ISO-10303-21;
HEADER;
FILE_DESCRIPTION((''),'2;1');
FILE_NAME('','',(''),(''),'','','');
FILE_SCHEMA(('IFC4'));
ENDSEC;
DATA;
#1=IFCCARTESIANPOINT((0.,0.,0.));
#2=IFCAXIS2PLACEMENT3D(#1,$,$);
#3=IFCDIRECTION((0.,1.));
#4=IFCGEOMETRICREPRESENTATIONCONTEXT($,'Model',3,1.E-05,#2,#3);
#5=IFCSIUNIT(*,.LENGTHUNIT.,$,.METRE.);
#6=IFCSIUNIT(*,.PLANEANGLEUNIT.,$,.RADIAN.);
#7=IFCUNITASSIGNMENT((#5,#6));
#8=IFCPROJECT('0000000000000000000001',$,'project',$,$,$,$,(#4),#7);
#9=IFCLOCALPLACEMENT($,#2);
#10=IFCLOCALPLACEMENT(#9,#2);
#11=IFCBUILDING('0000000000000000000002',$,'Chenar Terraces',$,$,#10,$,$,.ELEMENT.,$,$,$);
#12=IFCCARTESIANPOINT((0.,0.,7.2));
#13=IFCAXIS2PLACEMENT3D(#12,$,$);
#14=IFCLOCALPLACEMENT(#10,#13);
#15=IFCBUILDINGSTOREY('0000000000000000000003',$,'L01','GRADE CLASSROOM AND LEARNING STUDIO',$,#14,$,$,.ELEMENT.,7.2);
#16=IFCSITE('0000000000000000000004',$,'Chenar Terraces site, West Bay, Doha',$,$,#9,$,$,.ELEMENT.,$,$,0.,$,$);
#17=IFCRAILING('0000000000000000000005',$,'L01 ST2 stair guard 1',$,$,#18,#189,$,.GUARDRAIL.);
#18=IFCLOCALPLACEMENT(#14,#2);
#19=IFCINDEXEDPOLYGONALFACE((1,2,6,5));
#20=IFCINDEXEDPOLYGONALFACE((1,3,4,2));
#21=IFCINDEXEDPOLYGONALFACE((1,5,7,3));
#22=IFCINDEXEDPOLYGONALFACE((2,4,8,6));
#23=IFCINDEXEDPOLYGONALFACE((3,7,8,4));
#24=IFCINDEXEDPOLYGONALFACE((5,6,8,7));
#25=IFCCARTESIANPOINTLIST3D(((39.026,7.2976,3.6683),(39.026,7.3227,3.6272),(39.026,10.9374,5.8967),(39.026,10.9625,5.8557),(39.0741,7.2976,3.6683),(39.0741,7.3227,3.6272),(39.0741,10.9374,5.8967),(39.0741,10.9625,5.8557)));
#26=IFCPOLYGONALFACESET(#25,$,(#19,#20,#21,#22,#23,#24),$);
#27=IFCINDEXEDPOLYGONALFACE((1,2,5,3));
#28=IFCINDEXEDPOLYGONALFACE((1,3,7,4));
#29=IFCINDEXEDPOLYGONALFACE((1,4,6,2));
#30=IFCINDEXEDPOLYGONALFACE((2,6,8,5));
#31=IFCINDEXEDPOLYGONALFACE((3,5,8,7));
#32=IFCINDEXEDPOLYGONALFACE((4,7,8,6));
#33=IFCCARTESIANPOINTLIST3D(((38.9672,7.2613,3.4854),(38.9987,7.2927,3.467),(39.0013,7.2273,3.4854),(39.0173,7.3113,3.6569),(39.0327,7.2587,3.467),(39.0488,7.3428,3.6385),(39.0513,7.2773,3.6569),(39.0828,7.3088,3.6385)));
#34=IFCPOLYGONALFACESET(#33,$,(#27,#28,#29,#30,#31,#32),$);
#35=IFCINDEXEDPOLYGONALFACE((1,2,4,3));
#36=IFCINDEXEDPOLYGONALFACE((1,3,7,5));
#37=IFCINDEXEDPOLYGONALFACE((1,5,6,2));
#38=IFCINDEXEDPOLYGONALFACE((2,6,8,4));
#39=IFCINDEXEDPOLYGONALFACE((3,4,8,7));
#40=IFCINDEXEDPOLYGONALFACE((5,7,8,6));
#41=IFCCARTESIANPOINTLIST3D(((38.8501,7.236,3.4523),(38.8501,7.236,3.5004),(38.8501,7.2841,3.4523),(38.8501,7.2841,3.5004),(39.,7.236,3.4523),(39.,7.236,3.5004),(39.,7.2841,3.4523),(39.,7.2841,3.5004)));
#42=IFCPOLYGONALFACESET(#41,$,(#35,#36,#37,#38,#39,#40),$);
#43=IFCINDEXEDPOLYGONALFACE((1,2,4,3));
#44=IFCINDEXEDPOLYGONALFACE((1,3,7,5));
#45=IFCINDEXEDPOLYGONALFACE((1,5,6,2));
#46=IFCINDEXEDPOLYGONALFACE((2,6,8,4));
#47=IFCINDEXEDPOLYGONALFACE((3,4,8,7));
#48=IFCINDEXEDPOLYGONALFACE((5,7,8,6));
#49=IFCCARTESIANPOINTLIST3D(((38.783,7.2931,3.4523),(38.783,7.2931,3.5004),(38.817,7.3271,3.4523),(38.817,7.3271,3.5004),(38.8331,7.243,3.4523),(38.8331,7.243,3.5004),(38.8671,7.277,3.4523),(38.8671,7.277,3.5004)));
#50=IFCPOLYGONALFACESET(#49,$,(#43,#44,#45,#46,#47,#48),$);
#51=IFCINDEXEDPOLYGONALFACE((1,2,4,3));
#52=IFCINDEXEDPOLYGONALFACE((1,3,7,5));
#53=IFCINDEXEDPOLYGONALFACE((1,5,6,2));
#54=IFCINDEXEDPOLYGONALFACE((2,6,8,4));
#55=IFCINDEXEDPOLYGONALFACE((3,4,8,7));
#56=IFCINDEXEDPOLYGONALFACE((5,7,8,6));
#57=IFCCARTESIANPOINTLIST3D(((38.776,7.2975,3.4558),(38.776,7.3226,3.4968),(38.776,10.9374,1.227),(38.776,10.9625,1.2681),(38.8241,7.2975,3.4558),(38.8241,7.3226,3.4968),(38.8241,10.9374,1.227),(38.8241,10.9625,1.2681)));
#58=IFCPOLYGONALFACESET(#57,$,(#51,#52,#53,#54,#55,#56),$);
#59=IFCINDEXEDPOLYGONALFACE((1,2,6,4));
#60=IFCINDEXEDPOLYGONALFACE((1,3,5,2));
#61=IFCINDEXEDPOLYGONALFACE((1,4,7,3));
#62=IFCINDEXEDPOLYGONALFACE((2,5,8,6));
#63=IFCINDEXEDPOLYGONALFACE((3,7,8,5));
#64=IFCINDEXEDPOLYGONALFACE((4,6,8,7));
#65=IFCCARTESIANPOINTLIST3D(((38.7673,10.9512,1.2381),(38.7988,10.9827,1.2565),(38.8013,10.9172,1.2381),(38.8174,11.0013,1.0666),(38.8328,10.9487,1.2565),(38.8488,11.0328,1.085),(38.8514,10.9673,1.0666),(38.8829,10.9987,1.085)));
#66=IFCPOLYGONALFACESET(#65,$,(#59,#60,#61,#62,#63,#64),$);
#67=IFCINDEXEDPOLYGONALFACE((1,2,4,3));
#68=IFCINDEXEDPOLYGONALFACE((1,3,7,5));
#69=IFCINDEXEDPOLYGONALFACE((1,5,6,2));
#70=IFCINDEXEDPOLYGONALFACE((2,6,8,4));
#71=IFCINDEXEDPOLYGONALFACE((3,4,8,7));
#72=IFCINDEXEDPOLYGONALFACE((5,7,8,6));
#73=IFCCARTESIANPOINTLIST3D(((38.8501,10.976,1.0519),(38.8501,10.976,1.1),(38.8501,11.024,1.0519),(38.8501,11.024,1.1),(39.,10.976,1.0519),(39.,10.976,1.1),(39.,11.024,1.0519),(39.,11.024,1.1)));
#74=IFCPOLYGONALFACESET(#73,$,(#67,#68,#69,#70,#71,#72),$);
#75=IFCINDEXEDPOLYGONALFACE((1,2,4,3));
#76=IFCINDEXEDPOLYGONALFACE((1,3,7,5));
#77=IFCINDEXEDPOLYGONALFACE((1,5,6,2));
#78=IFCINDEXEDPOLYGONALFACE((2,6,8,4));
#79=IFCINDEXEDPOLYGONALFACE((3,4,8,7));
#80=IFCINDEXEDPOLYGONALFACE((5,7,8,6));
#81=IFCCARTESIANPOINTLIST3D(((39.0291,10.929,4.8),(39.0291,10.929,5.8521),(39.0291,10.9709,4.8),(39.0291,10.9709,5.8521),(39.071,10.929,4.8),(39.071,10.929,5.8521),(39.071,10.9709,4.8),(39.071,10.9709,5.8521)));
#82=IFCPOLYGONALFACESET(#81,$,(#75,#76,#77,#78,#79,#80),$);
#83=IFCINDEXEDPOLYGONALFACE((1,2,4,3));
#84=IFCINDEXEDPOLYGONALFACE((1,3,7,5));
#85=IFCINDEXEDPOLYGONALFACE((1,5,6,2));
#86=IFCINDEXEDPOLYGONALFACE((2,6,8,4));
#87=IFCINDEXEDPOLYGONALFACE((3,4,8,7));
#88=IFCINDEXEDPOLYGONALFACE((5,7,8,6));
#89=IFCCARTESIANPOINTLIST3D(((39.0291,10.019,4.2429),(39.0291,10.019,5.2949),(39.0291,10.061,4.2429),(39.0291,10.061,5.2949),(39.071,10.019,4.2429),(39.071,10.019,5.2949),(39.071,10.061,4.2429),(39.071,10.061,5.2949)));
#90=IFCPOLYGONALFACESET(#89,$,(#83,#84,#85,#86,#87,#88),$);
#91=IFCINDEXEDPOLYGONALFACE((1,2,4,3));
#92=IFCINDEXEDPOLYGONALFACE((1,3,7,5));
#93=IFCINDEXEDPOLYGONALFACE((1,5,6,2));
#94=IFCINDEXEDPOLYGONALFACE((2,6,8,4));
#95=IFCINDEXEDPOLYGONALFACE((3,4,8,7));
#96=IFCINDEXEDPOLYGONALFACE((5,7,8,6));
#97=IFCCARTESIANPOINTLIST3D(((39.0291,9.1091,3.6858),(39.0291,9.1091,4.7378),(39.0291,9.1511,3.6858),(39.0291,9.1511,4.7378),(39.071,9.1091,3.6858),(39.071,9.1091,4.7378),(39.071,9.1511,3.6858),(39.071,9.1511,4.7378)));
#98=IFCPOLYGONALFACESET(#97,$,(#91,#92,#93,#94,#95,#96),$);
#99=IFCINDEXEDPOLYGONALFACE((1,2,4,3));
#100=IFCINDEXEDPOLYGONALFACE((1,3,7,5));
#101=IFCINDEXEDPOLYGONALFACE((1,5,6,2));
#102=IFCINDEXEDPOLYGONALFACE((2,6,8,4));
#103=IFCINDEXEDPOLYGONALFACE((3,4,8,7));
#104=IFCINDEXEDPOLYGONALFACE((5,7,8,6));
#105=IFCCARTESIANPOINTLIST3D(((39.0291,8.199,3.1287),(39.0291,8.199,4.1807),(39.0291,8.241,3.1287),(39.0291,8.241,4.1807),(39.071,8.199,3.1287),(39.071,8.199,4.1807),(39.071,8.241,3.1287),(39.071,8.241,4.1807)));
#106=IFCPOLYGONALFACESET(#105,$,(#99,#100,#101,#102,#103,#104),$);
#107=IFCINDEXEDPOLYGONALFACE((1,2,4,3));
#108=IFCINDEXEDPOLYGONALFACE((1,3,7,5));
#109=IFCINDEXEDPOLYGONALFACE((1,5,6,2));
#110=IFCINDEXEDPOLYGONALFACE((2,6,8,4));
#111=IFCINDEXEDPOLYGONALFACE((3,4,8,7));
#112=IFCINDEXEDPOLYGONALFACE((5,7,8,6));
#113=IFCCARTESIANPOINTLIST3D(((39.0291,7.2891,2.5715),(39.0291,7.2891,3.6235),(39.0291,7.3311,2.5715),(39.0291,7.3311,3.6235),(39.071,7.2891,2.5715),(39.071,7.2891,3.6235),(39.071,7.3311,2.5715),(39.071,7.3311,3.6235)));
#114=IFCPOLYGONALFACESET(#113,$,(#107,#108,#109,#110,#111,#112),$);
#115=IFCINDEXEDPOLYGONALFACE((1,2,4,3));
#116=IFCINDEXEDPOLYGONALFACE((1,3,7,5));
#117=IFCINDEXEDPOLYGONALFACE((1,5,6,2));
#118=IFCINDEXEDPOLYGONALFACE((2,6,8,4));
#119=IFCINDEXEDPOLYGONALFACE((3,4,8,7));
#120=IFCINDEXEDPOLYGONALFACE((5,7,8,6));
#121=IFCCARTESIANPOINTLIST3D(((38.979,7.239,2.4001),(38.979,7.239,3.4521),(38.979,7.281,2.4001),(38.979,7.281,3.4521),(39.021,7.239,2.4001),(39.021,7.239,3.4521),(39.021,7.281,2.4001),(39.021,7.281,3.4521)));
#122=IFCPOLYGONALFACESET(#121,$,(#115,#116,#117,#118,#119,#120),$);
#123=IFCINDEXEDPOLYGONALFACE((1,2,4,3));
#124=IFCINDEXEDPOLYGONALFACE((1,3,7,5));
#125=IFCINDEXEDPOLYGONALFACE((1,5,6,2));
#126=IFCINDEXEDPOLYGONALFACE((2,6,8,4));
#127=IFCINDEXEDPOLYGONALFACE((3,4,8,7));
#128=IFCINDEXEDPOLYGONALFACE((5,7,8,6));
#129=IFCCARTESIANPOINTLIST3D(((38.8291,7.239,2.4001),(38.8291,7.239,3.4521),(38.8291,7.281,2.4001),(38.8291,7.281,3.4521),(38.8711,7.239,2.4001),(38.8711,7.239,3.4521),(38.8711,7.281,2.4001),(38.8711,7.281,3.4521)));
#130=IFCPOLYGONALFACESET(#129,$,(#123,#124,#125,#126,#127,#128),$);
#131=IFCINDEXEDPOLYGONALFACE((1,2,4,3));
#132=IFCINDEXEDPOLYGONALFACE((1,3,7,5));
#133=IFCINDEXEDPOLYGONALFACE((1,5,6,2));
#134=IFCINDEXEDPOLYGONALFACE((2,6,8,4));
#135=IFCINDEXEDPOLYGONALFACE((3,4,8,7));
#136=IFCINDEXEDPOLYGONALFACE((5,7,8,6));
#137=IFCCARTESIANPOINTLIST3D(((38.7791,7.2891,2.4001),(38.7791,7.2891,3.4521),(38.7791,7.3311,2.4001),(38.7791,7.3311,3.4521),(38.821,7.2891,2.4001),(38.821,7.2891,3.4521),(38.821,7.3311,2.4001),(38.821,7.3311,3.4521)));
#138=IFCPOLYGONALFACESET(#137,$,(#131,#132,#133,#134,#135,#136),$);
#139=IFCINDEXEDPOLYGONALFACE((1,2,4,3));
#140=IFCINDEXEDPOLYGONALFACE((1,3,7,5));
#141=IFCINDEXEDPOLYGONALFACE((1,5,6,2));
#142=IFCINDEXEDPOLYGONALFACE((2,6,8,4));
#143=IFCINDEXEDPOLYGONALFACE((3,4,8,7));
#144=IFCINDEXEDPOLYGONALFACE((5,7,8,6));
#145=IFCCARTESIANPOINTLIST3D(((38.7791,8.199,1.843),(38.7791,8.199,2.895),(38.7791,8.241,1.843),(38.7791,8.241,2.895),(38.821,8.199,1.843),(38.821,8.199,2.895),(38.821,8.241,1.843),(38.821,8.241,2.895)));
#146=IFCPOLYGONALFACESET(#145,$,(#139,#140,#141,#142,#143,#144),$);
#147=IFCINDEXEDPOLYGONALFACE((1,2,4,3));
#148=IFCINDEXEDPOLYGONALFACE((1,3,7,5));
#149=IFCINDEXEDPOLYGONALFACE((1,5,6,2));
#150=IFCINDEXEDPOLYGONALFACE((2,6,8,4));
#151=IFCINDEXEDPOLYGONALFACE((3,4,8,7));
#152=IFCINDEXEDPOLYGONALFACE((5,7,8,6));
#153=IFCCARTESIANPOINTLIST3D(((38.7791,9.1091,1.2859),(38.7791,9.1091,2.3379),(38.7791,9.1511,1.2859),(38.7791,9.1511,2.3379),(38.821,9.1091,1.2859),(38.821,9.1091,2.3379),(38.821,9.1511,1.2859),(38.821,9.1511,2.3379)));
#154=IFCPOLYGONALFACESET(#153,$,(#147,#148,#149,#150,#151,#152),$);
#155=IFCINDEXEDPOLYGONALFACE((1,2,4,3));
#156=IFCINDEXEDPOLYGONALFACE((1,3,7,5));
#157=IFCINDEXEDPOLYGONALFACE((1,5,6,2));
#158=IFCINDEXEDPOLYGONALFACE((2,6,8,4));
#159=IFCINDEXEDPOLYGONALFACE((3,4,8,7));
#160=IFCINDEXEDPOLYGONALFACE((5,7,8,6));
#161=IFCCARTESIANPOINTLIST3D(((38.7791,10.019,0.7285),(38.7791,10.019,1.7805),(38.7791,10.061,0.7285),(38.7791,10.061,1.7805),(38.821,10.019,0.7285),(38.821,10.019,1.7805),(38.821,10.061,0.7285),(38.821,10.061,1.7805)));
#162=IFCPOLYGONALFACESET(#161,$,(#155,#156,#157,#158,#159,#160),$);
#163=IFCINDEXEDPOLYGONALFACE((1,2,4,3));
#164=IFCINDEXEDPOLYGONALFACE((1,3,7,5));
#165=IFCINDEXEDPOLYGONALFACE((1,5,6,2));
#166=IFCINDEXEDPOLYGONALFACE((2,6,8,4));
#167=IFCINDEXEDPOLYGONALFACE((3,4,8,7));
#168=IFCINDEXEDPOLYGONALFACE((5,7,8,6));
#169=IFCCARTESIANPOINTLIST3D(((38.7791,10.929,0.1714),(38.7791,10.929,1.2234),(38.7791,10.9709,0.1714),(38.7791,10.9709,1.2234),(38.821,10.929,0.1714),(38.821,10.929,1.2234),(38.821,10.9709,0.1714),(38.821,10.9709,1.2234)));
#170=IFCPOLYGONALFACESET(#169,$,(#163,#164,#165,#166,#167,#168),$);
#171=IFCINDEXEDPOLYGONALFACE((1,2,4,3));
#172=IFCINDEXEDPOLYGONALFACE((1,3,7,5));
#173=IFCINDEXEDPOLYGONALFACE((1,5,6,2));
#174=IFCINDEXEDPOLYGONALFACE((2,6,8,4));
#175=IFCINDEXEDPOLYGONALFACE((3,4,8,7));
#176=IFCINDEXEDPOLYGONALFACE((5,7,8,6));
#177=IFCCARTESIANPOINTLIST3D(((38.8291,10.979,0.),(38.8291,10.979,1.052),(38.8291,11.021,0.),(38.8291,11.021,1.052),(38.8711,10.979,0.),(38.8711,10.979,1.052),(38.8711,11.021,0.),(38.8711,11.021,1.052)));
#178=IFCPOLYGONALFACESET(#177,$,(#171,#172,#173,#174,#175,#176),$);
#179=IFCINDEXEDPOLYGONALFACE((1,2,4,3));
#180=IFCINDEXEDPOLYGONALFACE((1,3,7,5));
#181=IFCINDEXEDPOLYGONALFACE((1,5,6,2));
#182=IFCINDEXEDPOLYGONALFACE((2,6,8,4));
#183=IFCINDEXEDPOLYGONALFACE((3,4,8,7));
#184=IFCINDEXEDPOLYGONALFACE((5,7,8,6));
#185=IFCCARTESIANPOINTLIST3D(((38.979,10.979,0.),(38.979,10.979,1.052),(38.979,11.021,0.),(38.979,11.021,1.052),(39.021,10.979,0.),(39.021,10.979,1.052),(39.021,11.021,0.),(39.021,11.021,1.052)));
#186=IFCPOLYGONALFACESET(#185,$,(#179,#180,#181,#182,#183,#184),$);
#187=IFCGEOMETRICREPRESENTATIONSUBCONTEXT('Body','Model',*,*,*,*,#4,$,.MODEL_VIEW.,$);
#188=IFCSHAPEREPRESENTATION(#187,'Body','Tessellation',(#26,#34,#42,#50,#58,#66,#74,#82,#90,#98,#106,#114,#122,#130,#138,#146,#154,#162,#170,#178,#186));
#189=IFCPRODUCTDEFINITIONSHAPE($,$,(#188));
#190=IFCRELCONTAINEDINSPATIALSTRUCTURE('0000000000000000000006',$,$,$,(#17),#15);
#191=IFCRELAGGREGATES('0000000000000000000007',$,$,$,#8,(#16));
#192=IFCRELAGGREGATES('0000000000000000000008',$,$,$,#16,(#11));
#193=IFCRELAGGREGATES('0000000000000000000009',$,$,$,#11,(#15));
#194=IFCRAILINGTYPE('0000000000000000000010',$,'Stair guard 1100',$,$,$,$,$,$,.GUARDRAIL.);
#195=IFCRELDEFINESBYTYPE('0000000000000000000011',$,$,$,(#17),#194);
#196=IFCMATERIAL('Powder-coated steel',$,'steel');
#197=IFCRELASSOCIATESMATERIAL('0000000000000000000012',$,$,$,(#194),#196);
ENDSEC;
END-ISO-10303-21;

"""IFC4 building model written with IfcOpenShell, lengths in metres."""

from ifc_helpers import new_model, si_unit, direction, frame, origin, origin_2d, place, context, subcontext, project, spatial, rectangle, extrude, material, type_object, element, save


model = new_model("IFC4")

# Units and contexts
model_context = context("Model", 3, precision=1e-05, world=origin(), true_north=direction((0.0, 1.0)))
body_context = subcontext(model_context, "Body", "Model", "MODEL_VIEW")
ifc_project = project(units=[si_unit("LENGTHUNIT", "METRE"), si_unit("PLANEANGLEUNIT", "RADIAN")], contexts=[model_context])

# Site, building, storey
site_placement = place(None, origin())
site = spatial("IfcSite", under=ifc_project, at=site_placement, Name="Chenar Terraces site, West Bay, Doha", CompositionType="ELEMENT", RefElevation=0.0)
building_placement = place(site_placement, origin())
building = spatial("IfcBuilding", under=site, at=building_placement, Name="Chenar Terraces", CompositionType="ELEMENT")
storey_placement = place(building_placement, frame((0.0, 0.0, 7.2)))
storey = spatial("IfcBuildingStorey", under=building, at=storey_placement, Name="L01", Description="GRADE CLASSROOM AND LEARNING STUDIO", CompositionType="ELEMENT", Elevation=7.2)

# Railing
ifc_material_1 = material(Name="Powder-coated steel", Category="steel")
railing_type_1 = type_object("IfcRailingType", Name="Stair guard 1100", PredefinedType="GUARDRAIL", material=ifc_material_1)
railing_1_placement = place(storey_placement, frame((39.05, 10.95, 4.8)))
element("IfcRailing", 1, at=railing_1_placement, inside=storey, type_object=railing_type_1, Name="L01 ST2 stair guard 1", PredefinedType="GUARDRAIL", context=body_context, shape_type="SweptSolid", body=[
    extrude(rectangle(XDim=0.0481, YDim=0.0481, at=origin_2d()), frame((0.0, 0.0, 1.0762), z_axis=(0.0, -0.85285, -0.522156), x_axis=(1.0, 0.0, 0.0)), (0.0, 0.0, 1.0), 4.2678),
    extrude(rectangle(XDim=0.0481, YDim=0.0481, at=origin_2d()), frame((0.0, -3.6399, -1.1523), z_axis=(-0.269911, -0.269911, -0.924281), x_axis=(0.707107, -0.707107, 0.0)), (0.0, 0.0, 1.0), 0.1855),
    extrude(rectangle(XDim=0.0481, YDim=0.0481, at=origin_2d()), frame((-0.05, -3.6899, -1.3237), z_axis=(-1.0, 0.0, 0.0), x_axis=(0.0, -1.0, 0.0)), (0.0, 0.0, 1.0), 0.1499),
    extrude(rectangle(XDim=0.0481, YDim=0.0481, at=origin_2d()), frame((-0.2, -3.6899, -1.3237), z_axis=(-0.707107, 0.707107, 0.0), x_axis=(-0.707107, -0.707107, 0.0)), (0.0, 0.0, 1.0), 0.0708),
    extrude(rectangle(XDim=0.0481, YDim=0.0481, at=origin_2d()), frame((-0.25, -3.6399, -1.3237), z_axis=(0.0, 0.852825, -0.522197), x_axis=(-1.0, 0.0, 0.0)), (0.0, 0.0, 1.0), 4.2681),
    extrude(rectangle(XDim=0.0481, YDim=0.0481, at=origin_2d()), frame((-0.25, 0.0, -3.5527), z_axis=(0.269911, 0.269911, -0.924281), x_axis=(-0.707107, 0.707107, 0.0)), (0.0, 0.0, 1.0), 0.1855),
    extrude(rectangle(XDim=0.0481, YDim=0.0481, at=origin_2d()), frame((-0.2, 0.05, -3.7241), z_axis=(1.0, 0.0, 0.0), x_axis=(0.0, 1.0, 0.0)), (0.0, 0.0, 1.0), 0.1499),
    extrude(rectangle(XDim=0.042, YDim=0.042, at=origin_2d()), origin(), (0.0, 0.0, 1.0), 1.052),
    extrude(rectangle(XDim=0.042, YDim=0.042, at=origin_2d()), frame((0.0, -0.9099, -0.5571)), (0.0, 0.0, 1.0), 1.052),
    extrude(rectangle(XDim=0.042, YDim=0.042, at=origin_2d()), frame((0.0, -1.8198, -1.1143)), (0.0, 0.0, 1.0), 1.052),
    extrude(rectangle(XDim=0.042, YDim=0.042, at=origin_2d()), frame((0.0, -2.73, -1.6714)), (0.0, 0.0, 1.0), 1.052),
    extrude(rectangle(XDim=0.042, YDim=0.042, at=origin_2d()), frame((0.0, -3.6399, -2.2285)), (0.0, 0.0, 1.0), 1.052),
    extrude(rectangle(XDim=0.042, YDim=0.042, at=origin_2d()), frame((-0.05, -3.6899, -2.3999)), (0.0, 0.0, 1.0), 1.052),
    extrude(rectangle(XDim=0.042, YDim=0.042, at=origin_2d()), frame((-0.2, -3.6899, -2.3999)), (0.0, 0.0, 1.0), 1.052),
    extrude(rectangle(XDim=0.042, YDim=0.042, at=origin_2d()), frame((-0.25, -3.6399, -2.3999)), (0.0, 0.0, 1.0), 1.052),
    extrude(rectangle(XDim=0.042, YDim=0.042, at=origin_2d()), frame((-0.25, -2.73, -2.957)), (0.0, 0.0, 1.0), 1.052),
    extrude(rectangle(XDim=0.042, YDim=0.042, at=origin_2d()), frame((-0.25, -1.8198, -3.5142)), (0.0, 0.0, 1.0), 1.052),
    extrude(rectangle(XDim=0.042, YDim=0.042, at=origin_2d()), frame((-0.25, -0.9099, -4.0715)), (0.0, 0.0, 1.0), 1.052),
    extrude(rectangle(XDim=0.042, YDim=0.042, at=origin_2d()), frame((-0.25, 0.0, -4.6287)), (0.0, 0.0, 1.0), 1.052),
    extrude(rectangle(XDim=0.042, YDim=0.042, at=origin_2d()), frame((-0.2, 0.05, -4.8)), (0.0, 0.0, 1.0), 1.052),
    extrude(rectangle(XDim=0.042, YDim=0.042, at=origin_2d()), frame((-0.05, 0.05, -4.8)), (0.0, 0.0, 1.0), 1.052),
])

save(model, "model.ifc")
